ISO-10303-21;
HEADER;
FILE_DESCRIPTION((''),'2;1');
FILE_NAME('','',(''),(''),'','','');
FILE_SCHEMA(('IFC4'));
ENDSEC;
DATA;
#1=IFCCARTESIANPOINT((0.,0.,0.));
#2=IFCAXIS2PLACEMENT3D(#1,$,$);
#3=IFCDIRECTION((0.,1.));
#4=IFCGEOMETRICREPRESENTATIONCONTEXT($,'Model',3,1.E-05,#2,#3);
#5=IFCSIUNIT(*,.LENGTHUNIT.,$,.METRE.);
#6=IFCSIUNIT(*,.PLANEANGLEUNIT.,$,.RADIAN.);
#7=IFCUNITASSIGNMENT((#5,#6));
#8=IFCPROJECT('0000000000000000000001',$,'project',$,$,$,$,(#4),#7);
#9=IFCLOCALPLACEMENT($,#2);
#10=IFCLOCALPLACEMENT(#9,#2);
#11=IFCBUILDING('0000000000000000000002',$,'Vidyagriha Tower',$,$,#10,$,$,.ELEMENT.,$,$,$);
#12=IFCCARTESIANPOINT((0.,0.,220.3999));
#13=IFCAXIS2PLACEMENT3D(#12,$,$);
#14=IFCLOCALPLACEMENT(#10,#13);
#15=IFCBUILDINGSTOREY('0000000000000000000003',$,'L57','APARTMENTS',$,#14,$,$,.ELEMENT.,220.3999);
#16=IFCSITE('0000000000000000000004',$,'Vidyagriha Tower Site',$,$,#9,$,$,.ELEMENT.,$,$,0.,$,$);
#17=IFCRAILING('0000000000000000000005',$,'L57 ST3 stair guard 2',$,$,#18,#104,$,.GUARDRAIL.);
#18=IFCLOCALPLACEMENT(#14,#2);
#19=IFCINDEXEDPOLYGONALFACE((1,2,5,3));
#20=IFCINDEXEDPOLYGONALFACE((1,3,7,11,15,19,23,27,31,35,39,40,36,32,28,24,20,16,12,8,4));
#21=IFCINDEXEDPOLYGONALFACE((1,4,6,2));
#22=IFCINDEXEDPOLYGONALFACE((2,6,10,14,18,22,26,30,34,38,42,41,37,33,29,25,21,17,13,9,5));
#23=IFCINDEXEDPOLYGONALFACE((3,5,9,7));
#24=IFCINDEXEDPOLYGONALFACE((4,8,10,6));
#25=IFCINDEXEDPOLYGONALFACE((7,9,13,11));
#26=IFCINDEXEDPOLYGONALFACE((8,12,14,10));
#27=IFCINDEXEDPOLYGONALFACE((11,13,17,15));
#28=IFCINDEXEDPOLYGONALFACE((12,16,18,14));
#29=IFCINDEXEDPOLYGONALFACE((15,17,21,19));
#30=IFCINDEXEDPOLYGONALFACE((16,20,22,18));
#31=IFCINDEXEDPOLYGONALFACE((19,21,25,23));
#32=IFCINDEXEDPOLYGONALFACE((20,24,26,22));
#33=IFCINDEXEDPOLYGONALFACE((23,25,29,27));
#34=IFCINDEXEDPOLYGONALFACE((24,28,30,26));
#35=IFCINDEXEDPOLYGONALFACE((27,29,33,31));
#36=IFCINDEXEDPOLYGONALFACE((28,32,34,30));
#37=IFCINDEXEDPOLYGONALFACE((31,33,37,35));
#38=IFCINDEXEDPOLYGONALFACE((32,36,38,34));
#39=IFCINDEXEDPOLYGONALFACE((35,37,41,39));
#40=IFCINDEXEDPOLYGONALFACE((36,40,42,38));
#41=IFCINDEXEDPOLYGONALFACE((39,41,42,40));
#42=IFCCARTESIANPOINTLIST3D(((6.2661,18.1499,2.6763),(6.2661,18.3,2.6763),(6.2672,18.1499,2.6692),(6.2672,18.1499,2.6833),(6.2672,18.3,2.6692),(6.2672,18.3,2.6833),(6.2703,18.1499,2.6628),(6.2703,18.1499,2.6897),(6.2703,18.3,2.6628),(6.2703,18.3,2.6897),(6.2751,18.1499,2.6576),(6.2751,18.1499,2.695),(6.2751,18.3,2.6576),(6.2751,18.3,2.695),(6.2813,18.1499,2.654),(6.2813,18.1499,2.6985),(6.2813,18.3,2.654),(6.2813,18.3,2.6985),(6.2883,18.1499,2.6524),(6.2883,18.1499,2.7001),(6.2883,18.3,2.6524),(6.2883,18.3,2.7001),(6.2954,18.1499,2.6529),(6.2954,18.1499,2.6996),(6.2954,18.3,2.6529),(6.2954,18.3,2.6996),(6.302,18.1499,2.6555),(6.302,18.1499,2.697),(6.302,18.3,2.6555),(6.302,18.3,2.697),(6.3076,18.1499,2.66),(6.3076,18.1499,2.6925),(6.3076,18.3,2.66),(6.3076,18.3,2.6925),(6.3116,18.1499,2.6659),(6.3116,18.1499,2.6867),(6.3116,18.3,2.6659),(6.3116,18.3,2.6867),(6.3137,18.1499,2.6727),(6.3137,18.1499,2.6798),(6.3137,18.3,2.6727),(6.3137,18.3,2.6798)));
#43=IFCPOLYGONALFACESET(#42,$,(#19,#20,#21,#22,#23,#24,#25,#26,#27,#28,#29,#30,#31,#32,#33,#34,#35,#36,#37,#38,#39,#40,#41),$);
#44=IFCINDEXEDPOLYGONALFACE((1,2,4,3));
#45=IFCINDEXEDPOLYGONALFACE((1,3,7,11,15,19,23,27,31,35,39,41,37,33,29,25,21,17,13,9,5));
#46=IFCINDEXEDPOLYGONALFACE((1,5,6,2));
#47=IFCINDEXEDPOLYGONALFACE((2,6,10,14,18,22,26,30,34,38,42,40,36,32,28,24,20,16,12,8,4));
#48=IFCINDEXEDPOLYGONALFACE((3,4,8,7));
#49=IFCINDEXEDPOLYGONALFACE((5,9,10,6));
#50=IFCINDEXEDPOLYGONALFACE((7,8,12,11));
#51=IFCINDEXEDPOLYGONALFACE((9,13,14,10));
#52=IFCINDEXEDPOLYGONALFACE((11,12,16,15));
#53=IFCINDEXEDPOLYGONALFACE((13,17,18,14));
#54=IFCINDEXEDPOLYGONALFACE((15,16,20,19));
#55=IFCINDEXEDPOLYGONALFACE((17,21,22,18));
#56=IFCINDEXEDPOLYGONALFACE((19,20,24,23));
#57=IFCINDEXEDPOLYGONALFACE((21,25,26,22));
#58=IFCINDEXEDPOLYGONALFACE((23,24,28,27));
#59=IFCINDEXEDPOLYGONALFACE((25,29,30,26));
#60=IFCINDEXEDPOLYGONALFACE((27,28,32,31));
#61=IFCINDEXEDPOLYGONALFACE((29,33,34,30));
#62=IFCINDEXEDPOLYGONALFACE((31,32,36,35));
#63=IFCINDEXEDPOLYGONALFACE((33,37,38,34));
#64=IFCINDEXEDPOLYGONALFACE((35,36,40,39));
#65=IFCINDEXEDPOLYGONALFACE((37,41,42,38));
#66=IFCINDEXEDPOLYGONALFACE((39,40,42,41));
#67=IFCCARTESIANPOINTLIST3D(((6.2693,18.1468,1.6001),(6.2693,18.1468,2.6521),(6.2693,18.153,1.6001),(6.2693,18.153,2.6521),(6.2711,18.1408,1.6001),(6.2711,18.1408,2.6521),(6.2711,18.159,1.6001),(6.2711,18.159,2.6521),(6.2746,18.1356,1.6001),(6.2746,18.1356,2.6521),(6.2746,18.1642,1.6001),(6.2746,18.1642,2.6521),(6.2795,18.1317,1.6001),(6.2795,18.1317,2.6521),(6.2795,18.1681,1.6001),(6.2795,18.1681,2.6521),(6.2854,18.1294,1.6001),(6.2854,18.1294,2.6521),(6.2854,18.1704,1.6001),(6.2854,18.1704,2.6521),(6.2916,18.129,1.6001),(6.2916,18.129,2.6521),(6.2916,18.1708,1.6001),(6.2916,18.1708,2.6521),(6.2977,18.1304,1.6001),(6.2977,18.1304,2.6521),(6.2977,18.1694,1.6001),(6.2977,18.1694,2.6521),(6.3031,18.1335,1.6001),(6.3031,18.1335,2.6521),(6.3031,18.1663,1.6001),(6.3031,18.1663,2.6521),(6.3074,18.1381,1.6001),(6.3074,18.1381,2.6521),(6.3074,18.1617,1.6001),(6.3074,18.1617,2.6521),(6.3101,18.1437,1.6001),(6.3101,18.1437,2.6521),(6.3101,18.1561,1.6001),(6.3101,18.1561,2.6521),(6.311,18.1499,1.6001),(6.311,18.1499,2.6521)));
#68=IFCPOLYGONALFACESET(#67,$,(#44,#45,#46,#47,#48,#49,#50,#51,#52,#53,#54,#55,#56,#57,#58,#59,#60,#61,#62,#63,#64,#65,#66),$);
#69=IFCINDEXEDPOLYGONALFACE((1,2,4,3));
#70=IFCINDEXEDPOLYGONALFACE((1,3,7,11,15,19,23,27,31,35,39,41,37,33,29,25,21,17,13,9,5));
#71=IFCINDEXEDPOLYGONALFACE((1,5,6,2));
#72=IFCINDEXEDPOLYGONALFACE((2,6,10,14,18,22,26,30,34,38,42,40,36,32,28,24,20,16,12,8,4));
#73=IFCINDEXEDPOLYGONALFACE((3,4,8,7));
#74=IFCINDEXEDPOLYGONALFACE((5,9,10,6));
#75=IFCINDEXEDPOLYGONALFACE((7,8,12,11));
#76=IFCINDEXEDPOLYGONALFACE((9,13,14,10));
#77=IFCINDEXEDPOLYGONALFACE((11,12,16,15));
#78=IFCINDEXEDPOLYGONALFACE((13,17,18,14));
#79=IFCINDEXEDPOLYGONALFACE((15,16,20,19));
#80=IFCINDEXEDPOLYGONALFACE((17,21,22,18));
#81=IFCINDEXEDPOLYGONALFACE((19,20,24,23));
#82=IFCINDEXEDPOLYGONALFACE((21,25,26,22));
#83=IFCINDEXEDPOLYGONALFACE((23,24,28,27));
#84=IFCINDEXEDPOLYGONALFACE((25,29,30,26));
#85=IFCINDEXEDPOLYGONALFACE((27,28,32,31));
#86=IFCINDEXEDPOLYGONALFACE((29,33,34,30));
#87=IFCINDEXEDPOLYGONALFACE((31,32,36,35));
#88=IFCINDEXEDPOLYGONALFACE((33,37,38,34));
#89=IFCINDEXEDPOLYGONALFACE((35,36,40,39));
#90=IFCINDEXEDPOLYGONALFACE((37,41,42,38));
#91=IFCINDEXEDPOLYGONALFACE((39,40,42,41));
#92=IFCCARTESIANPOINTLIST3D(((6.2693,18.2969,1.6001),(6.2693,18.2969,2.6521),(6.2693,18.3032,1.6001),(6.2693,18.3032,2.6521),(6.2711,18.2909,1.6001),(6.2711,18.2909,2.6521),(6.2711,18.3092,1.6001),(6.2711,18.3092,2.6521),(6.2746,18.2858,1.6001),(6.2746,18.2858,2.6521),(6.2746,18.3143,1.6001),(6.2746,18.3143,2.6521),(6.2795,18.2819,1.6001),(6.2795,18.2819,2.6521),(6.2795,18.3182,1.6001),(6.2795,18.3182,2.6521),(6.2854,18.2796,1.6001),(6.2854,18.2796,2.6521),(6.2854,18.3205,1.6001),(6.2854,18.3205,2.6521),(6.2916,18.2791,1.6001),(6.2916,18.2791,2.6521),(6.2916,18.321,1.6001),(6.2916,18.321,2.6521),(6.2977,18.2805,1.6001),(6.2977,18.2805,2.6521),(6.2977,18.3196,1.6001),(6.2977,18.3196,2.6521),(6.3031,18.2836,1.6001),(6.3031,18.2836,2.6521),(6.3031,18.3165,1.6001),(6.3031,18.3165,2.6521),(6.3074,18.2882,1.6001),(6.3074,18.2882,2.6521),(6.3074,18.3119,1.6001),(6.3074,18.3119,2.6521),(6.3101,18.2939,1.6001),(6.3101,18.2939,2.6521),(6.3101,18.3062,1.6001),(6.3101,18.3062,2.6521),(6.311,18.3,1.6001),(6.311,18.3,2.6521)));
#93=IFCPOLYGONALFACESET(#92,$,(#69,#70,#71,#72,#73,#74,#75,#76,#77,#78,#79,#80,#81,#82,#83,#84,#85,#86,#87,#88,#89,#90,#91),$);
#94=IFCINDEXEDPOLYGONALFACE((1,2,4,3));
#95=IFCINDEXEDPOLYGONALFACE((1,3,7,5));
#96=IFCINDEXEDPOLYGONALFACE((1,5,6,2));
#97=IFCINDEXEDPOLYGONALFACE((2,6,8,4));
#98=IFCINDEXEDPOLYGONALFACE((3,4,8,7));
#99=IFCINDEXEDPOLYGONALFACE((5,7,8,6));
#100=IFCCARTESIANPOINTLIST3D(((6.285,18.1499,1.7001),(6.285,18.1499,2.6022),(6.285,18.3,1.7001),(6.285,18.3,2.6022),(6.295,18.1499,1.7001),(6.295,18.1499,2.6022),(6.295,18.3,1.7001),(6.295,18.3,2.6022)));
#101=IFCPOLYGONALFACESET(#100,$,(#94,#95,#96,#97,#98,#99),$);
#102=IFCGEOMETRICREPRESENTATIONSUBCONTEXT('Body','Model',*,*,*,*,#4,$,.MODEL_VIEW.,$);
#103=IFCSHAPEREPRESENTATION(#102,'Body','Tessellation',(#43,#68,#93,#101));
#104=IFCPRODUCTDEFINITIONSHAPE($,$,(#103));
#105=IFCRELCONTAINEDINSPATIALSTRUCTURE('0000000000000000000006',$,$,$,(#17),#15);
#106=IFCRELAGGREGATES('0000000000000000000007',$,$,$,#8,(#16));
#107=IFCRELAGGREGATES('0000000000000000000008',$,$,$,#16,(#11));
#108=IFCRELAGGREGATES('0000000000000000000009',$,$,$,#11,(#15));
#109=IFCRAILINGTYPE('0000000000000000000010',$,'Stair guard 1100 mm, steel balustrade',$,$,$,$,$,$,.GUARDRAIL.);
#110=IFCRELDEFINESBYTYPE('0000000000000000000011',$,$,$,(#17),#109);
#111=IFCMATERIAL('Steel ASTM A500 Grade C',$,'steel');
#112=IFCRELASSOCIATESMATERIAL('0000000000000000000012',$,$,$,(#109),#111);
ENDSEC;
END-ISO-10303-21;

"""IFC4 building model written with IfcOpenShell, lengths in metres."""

from ifc_helpers import new_model, si_unit, direction, frame, origin, origin_2d, place, context, subcontext, project, spatial, rectangle, circle, extrude, material, type_object, element, save


model = new_model("IFC4")

# Units and contexts
model_context = context("Model", 3, precision=1e-05, world=origin(), true_north=direction((0.0, 1.0)))
body_context = subcontext(model_context, "Body", "Model", "MODEL_VIEW")
ifc_project = project(units=[si_unit("LENGTHUNIT", "METRE"), si_unit("PLANEANGLEUNIT", "RADIAN")], contexts=[model_context])

# Site, building, storey
site_placement = place(None, origin())
site = spatial("IfcSite", under=ifc_project, at=site_placement, Name="Vidyagriha Tower Site", CompositionType="ELEMENT", RefElevation=0.0)
building_placement = place(site_placement, origin())
building = spatial("IfcBuilding", under=site, at=building_placement, Name="Vidyagriha Tower", CompositionType="ELEMENT")
storey_placement = place(building_placement, frame((0.0, 0.0, 220.3999)))
storey = spatial("IfcBuildingStorey", under=building, at=storey_placement, Name="L57", Description="APARTMENTS", CompositionType="ELEMENT", Elevation=220.3999)

# Railing
ifc_material_1 = material(Name="Steel ASTM A500 Grade C", Category="steel")
railing_type_1 = type_object("IfcRailingType", Name="Stair guard 1100 mm, steel balustrade", PredefinedType="GUARDRAIL", material=ifc_material_1)
railing_1_placement = place(storey_placement, frame((6.29, 18.1499, 1.6001)))
element("IfcRailing", 1, at=railing_1_placement, inside=storey, type_object=railing_type_1, Name="L57 ST3 stair guard 2", PredefinedType="GUARDRAIL", context=body_context, shape_type="SweptSolid", body=[
    extrude(circle(Radius=0.0239, at=origin_2d()), frame((0.0, 0.0, 1.0762), z_axis=(0.0, 1.0, 0.0), x_axis=(-1.0, 0.0, 0.0)), (0.0, 0.0, 1.0), 0.1501),
    extrude(circle(Radius=0.021, at=origin_2d()), origin(), (0.0, 0.0, 1.0), 1.052),
    extrude(circle(Radius=0.021, at=origin_2d()), frame((0.0, 0.1501, 0.0)), (0.0, 0.0, 1.0), 1.052),
    extrude(rectangle(XDim=0.01, YDim=0.9021, at=origin_2d()), frame((0.0, 0.0, 0.551), z_axis=(0.0, 1.0, 0.0), x_axis=(-1.0, 0.0, 0.0)), (0.0, 0.0, 1.0), 0.1501),
])

save(model, "model.ifc")
